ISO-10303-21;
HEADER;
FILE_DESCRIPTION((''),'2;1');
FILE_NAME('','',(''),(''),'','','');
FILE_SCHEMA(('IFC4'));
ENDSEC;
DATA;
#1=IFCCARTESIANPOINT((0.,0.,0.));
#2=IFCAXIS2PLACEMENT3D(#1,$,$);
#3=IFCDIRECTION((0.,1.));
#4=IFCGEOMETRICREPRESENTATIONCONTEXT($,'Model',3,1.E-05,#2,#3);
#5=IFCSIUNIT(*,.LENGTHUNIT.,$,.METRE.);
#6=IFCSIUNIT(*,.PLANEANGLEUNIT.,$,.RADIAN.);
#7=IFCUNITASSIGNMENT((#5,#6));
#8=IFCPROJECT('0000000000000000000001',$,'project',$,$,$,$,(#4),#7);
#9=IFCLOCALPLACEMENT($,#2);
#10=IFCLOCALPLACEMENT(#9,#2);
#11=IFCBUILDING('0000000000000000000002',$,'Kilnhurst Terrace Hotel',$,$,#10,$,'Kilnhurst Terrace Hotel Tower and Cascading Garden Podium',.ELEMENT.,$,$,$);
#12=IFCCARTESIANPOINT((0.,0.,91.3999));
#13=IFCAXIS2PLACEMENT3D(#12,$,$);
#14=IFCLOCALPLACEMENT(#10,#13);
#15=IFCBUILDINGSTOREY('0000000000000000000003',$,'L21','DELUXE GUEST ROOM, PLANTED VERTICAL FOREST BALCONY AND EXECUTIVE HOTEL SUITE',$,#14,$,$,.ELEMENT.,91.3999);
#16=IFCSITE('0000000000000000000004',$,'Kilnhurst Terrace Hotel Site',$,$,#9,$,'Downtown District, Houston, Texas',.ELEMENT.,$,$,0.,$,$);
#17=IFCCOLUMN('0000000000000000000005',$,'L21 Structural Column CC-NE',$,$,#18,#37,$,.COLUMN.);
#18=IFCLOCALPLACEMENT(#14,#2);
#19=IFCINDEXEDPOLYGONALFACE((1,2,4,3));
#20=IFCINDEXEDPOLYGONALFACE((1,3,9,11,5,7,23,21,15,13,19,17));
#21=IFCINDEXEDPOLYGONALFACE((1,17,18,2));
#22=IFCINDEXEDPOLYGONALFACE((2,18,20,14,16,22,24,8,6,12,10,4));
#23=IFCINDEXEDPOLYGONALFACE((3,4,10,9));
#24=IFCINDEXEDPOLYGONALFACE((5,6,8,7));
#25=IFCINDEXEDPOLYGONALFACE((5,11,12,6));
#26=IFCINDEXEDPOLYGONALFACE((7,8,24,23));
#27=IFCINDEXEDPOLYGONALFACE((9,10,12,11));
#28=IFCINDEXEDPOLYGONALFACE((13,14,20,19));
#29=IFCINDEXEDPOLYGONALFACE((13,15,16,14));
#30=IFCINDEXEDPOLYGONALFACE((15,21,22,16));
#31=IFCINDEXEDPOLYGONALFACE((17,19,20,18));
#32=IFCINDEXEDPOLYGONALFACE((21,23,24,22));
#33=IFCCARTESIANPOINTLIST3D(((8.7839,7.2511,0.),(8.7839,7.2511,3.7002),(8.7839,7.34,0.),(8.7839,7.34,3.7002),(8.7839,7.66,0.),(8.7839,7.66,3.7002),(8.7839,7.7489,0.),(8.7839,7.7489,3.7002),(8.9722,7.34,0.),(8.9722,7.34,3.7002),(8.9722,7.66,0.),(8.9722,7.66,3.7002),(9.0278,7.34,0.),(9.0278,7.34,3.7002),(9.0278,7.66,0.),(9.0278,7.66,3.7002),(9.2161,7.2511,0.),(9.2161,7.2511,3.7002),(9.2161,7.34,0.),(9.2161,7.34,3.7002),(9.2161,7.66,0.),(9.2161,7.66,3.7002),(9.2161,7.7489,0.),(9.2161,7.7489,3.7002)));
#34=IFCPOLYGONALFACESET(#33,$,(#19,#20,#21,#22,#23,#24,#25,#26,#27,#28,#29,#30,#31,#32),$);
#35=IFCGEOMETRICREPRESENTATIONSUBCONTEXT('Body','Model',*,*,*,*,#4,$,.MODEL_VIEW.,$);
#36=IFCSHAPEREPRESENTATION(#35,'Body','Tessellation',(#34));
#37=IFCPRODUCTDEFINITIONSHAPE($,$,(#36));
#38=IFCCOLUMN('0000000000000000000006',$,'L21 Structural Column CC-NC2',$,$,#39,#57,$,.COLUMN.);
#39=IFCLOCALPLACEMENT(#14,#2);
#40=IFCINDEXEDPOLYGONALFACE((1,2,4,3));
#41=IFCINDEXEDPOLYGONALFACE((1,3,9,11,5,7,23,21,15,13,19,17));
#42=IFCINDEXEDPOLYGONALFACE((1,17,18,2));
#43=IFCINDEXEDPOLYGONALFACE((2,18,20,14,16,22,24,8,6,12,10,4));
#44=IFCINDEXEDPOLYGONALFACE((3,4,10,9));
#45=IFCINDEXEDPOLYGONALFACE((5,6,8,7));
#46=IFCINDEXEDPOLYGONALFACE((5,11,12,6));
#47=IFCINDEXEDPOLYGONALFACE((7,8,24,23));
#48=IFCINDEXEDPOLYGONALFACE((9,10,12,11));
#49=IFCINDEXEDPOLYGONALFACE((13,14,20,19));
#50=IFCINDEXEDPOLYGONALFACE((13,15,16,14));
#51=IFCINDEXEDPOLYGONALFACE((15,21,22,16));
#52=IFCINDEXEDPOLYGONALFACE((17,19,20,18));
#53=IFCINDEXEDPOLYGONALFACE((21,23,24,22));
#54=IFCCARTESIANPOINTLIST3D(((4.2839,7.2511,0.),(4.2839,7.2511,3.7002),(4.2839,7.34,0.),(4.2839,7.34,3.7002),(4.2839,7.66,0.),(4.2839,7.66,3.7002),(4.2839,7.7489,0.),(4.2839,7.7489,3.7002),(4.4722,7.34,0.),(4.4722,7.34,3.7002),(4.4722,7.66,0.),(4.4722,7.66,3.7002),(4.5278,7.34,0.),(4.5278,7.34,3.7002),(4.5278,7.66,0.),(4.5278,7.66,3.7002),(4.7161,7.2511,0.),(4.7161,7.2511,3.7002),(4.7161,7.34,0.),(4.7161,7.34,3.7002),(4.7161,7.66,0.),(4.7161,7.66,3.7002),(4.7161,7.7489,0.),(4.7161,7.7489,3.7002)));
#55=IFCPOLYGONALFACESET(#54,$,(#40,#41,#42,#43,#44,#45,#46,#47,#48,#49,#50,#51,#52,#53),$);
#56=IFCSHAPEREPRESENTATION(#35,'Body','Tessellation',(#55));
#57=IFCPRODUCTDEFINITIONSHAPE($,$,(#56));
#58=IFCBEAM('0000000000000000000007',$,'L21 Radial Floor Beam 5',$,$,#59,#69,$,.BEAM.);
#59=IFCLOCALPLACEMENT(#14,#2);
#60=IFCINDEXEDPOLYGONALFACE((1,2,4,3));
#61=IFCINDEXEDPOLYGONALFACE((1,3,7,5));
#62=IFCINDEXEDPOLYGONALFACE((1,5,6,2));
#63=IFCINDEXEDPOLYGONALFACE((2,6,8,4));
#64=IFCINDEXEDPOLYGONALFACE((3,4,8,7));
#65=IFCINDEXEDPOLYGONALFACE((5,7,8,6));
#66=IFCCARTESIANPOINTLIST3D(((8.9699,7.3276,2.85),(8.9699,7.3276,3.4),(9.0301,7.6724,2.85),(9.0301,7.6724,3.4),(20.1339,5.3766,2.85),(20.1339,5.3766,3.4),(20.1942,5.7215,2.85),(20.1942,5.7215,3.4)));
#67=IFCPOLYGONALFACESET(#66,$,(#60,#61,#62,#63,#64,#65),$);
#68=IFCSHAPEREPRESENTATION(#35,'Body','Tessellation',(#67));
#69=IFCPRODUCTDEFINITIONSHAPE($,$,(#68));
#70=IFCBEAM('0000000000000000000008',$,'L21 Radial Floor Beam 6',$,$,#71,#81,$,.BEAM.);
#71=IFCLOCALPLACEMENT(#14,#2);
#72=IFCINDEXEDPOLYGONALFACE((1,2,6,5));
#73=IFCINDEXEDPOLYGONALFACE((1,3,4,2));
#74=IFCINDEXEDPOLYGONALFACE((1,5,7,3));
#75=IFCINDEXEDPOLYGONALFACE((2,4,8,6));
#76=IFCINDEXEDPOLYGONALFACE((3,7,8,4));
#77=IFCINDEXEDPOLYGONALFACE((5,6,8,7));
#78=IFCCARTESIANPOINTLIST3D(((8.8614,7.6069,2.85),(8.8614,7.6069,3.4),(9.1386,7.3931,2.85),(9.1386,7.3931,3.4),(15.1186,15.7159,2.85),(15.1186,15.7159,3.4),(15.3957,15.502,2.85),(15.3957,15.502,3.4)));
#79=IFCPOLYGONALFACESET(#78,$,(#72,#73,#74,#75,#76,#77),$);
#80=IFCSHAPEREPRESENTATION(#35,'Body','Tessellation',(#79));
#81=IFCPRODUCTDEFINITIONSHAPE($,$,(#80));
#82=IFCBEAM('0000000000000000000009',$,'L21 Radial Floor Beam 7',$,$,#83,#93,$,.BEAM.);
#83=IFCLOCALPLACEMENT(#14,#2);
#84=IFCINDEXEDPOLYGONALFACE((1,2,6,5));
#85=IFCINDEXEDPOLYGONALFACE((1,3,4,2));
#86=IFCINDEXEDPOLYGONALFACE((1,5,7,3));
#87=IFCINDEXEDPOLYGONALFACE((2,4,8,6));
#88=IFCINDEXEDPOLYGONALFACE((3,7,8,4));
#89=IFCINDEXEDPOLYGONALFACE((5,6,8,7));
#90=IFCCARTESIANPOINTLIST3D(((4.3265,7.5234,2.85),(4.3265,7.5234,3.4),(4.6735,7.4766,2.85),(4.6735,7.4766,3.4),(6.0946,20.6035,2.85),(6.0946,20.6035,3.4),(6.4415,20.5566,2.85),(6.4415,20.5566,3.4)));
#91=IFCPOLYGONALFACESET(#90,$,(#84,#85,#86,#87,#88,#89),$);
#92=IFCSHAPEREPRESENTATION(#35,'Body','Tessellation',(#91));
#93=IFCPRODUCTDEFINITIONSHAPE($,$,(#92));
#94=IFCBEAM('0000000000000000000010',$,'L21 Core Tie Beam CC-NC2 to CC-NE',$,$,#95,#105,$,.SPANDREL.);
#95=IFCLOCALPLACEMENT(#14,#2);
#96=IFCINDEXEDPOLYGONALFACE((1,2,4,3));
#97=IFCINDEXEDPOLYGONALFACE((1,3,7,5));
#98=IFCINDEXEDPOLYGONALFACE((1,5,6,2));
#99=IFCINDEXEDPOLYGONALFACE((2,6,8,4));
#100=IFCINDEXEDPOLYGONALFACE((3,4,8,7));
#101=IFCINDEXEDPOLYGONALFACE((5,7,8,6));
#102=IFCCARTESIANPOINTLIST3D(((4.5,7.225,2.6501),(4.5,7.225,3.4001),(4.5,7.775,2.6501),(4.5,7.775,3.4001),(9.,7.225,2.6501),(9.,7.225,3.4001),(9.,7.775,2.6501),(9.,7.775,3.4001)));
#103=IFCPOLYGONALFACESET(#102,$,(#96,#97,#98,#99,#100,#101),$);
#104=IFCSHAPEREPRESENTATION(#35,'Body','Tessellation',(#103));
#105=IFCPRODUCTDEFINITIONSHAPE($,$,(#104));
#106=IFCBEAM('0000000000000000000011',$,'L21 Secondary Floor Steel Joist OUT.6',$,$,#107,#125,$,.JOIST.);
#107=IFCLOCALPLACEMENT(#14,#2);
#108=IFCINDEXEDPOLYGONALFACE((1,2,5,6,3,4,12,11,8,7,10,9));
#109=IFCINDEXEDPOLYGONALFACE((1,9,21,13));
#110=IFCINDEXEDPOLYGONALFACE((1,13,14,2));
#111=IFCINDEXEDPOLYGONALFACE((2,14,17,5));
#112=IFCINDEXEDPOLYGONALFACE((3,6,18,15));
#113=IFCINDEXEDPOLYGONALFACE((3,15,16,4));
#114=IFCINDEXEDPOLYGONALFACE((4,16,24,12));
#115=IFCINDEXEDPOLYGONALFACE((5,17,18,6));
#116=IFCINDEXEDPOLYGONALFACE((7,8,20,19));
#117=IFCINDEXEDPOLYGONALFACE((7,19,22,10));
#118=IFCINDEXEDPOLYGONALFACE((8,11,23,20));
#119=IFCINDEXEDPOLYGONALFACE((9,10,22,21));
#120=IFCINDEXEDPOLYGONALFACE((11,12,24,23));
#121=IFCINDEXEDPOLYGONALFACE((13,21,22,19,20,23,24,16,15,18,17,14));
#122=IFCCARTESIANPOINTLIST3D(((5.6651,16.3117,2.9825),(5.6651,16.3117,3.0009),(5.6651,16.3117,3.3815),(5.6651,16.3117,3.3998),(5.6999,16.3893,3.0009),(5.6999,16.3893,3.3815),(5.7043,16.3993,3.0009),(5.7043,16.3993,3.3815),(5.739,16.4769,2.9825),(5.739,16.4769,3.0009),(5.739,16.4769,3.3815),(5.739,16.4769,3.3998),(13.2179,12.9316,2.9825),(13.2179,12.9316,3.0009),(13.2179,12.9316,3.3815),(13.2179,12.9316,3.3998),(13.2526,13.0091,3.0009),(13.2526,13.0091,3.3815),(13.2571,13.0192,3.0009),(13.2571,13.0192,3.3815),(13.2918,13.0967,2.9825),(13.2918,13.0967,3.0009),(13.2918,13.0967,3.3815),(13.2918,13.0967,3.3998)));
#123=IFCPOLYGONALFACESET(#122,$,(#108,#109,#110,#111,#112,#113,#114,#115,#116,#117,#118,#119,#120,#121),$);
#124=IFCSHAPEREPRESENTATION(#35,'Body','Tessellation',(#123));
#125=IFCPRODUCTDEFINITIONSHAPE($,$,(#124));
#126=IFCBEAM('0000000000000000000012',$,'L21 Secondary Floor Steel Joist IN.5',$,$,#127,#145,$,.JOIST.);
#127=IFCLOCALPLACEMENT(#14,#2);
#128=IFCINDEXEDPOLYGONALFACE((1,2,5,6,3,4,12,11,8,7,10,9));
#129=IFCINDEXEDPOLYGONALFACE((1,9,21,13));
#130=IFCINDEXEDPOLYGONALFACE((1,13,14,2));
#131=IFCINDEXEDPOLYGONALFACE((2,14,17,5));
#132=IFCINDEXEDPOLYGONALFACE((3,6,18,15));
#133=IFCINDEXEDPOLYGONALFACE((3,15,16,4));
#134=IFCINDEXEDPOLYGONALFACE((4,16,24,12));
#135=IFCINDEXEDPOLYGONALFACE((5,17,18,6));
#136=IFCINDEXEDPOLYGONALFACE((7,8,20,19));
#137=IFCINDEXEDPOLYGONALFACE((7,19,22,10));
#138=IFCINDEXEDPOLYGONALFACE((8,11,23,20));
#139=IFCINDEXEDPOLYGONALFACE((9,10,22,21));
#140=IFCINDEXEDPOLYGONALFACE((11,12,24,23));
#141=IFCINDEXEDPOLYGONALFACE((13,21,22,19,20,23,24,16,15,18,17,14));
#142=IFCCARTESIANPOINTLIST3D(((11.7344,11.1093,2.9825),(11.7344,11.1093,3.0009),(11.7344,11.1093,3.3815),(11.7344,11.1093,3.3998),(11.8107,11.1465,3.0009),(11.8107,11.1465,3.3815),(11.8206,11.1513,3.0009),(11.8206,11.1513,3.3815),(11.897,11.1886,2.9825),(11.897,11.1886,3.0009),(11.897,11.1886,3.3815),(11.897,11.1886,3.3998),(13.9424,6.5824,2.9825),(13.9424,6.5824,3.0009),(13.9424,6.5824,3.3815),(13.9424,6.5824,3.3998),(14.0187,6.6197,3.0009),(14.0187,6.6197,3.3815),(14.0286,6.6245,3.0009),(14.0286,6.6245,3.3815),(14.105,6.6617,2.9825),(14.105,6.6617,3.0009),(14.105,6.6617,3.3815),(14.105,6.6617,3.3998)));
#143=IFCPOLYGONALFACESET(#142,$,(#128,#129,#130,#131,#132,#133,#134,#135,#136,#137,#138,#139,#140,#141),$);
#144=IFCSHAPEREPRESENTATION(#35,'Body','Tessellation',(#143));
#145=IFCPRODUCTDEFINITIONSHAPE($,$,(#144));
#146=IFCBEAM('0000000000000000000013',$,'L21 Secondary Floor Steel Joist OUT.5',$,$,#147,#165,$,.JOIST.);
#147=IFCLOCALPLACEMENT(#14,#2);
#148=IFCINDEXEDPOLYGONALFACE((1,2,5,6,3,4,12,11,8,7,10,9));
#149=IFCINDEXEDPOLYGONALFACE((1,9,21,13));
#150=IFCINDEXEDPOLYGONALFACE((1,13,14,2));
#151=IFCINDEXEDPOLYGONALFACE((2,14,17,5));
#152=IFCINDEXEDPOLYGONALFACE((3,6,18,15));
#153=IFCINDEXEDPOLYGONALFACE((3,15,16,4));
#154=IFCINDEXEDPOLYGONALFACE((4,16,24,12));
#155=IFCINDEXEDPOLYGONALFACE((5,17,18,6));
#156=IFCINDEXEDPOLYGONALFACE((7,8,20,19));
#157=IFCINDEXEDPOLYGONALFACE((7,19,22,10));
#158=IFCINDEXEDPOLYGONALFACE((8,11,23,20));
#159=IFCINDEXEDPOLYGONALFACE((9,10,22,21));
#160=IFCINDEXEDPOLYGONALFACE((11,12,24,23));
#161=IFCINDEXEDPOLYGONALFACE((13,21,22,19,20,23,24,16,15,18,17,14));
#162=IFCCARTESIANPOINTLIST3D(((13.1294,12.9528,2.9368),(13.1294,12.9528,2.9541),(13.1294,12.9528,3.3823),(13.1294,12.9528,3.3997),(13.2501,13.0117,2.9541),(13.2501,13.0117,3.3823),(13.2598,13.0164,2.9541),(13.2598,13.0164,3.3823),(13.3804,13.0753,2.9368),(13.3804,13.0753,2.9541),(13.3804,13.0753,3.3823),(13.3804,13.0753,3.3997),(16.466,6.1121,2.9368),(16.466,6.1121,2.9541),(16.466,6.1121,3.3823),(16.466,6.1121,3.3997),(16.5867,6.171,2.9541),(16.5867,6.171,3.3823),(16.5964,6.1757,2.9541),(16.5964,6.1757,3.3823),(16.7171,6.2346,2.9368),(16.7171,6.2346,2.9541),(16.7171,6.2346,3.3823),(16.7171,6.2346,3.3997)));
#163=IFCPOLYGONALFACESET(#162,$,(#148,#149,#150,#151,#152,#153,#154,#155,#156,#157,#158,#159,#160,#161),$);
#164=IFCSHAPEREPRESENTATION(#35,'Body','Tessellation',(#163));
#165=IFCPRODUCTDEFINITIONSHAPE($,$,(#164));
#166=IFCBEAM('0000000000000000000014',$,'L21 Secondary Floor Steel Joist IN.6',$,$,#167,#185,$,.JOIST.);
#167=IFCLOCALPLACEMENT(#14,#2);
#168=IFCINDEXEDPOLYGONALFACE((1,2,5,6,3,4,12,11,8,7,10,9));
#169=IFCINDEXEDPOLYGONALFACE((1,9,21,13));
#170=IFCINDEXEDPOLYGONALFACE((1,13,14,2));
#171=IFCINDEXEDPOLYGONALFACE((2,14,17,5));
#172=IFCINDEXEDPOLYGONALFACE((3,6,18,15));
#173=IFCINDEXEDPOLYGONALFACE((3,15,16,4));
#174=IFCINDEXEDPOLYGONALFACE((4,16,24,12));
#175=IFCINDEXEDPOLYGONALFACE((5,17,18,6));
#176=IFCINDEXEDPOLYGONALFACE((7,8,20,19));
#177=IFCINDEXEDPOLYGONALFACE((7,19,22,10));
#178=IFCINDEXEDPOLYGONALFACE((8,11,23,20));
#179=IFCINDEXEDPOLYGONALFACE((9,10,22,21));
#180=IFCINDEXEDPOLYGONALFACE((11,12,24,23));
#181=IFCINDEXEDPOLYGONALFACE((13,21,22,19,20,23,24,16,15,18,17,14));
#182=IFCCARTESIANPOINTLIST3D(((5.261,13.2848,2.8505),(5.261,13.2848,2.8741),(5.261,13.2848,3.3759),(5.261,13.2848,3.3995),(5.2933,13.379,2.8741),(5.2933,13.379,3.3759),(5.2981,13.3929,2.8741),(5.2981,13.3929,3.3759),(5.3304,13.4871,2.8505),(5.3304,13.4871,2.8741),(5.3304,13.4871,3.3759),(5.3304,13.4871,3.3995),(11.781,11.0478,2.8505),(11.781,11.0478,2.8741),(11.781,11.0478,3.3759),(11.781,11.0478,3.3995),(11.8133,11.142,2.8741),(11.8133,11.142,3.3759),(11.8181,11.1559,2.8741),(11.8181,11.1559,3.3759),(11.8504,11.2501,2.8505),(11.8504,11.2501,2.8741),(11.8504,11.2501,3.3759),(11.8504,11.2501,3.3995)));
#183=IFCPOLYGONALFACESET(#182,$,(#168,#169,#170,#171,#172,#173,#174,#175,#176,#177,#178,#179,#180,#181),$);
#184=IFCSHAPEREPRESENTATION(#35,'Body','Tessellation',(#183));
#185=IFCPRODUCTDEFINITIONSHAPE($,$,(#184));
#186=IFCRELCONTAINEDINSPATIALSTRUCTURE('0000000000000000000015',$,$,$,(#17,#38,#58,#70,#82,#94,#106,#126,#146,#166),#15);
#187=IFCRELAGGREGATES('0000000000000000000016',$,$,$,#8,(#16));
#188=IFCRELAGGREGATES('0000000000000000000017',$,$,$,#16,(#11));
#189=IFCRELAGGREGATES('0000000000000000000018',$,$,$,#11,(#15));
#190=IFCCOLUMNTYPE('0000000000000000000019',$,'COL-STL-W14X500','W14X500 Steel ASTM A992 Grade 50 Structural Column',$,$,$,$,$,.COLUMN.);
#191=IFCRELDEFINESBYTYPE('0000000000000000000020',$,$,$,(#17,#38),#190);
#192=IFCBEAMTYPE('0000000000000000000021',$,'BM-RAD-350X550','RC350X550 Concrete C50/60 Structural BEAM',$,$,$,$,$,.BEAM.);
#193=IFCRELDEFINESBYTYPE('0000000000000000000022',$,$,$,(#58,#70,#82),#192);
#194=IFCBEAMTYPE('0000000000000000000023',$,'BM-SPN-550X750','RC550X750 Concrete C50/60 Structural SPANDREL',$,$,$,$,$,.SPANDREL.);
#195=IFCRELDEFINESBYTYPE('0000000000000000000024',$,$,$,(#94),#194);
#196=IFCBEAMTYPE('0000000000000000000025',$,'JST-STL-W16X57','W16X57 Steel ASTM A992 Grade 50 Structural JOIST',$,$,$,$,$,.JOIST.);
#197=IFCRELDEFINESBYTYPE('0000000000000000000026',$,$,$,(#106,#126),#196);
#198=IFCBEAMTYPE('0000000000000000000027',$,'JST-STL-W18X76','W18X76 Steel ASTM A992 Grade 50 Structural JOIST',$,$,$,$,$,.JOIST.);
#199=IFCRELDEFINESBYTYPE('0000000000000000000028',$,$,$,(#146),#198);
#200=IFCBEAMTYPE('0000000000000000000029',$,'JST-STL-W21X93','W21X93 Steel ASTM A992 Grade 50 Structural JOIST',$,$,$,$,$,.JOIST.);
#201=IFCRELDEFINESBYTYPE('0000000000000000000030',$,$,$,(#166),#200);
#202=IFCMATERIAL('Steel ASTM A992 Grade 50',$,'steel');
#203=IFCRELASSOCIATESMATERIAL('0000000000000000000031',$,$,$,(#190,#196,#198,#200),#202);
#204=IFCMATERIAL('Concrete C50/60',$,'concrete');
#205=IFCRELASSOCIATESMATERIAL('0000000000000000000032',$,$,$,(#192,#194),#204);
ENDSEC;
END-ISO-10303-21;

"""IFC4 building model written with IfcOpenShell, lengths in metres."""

from ifc_helpers import new_model, si_unit, direction, frame, origin, origin_2d, place, context, subcontext, project, spatial, rectangle, i_section, extrude, material, material_profile, profile_set, type_object, element, save


model = new_model("IFC4")

# Units and contexts
model_context = context("Model", 3, precision=1e-05, world=origin(), true_north=direction((0.0, 1.0)))
body_context = subcontext(model_context, "Body", "Model", "MODEL_VIEW")
ifc_project = project(units=[si_unit("LENGTHUNIT", "METRE"), si_unit("PLANEANGLEUNIT", "RADIAN")], contexts=[model_context])

# Site, building, storey
site_placement = place(None, origin())
site = spatial("IfcSite", under=ifc_project, at=site_placement, Name="Kilnhurst Terrace Hotel Site", LongName="Downtown District, Houston, Texas", CompositionType="ELEMENT", RefElevation=0.0)
building_placement = place(site_placement, origin())
building = spatial("IfcBuilding", under=site, at=building_placement, Name="Kilnhurst Terrace Hotel", LongName="Kilnhurst Terrace Hotel Tower and Cascading Garden Podium", CompositionType="ELEMENT")
storey_placement = place(building_placement, frame((0.0, 0.0, 91.3999)))
storey = spatial("IfcBuildingStorey", under=building, at=storey_placement, Name="L21", Description="DELUXE GUEST ROOM, PLANTED VERTICAL FOREST BALCONY AND EXECUTIVE HOTEL SUITE", CompositionType="ELEMENT", Elevation=91.3999)

# Columns
ifc_material_1 = material(Name="Steel ASTM A992 Grade 50", Category="steel")
ifc_material_profile_1 = material_profile(ifc_material_1, i_section(OverallWidth=0.4321, OverallDepth=0.4978, WebThickness=0.0557, FlangeThickness=0.0889, at=origin_2d()), Name="W14X500")
ifc_profile_set_1 = profile_set([ifc_material_profile_1], Name="Steel ASTM A992 Grade 50")
column_type = type_object("IfcColumnType", Name="COL-STL-W14X500", Description="W14X500 Steel ASTM A992 Grade 50 Structural Column", PredefinedType="COLUMN", material=ifc_profile_set_1)
for number, where, z_axis, x_axis, name in (
    (1, (9.0, 7.5, 0.0), (0.0, 0.0, 1.0), (1.0, 0.0, 0.0), "L21 Structural Column CC-NE"),
    (2, (4.5, 7.5, 0.0), (0.0, 0.0, 1.0), (1.0, 0.0, 0.0), "L21 Structural Column CC-NC2"),
):
    element("IfcColumn", number, at=place(storey_placement, frame(where, z_axis=z_axis, x_axis=x_axis)), inside=storey, type_object=column_type, Name=name, PredefinedType="COLUMN", context=body_context, shape_type="SweptSolid", body=[
        extrude(i_section(OverallWidth=0.4321, OverallDepth=0.4978, WebThickness=0.0557, FlangeThickness=0.0889, at=origin_2d()), origin(), (0.0, 0.0, 1.0), 3.7002),
    ])

# Beams
ifc_material_2 = material(Name="Concrete C50/60", Category="concrete")
ifc_material_profile_2 = material_profile(ifc_material_2, rectangle(XDim=0.3501, YDim=0.55, at=origin_2d()), Name="RC350X550")
ifc_profile_set_2 = profile_set([ifc_material_profile_2], Name="Concrete C50/60")
beam_type_1 = type_object("IfcBeamType", Name="BM-RAD-350X550", Description="RC350X550 Concrete C50/60 Structural BEAM", PredefinedType="BEAM", material=ifc_profile_set_2)
beam_1_placement = place(storey_placement, frame((9.0, 7.5, 3.125), z_axis=(0.985072, -0.172142, 0.0), x_axis=(0.172142, 0.985072, 0.0)))
element("IfcBeam", 3, at=beam_1_placement, inside=storey, type_object=beam_type_1, Name="L21 Radial Floor Beam 5", PredefinedType="BEAM", context=body_context, shape_type="SweptSolid", body=[
    extrude(rectangle(XDim=0.3501, YDim=0.55, at=origin_2d()), origin(), (0.0, 0.0, 1.0), 11.3333),
])
beam_2_placement = place(storey_placement, frame((9.0, 7.5, 3.125), z_axis=(0.610905, 0.791704, 0.0), x_axis=(-0.791704, 0.610905, 0.0)))
element("IfcBeam", 4, at=beam_2_placement, inside=storey, type_object=beam_type_1, Name="L21 Radial Floor Beam 6", PredefinedType="BEAM", context=body_context, shape_type="SweptSolid", body=[
    extrude(rectangle(XDim=0.3501, YDim=0.55, at=origin_2d()), origin(), (0.0, 0.0, 1.0), 10.2424),
])
beam_3_placement = place(storey_placement, frame((4.5, 7.5, 3.125), z_axis=(0.133954, 0.990988, 0.0), x_axis=(-0.990988, 0.133954, 0.0)))
element("IfcBeam", 5, at=beam_3_placement, inside=storey, type_object=beam_type_1, Name="L21 Radial Floor Beam 7", PredefinedType="BEAM", context=body_context, shape_type="SweptSolid", body=[
    extrude(rectangle(XDim=0.3501, YDim=0.55, at=origin_2d()), origin(), (0.0, 0.0, 1.0), 13.199),
])
ifc_material_profile_3 = material_profile(ifc_material_2, rectangle(XDim=0.55, YDim=0.75, at=origin_2d()), Name="RC550X750")
ifc_profile_set_3 = profile_set([ifc_material_profile_3], Name="Concrete C50/60")
beam_type_2 = type_object("IfcBeamType", Name="BM-SPN-550X750", Description="RC550X750 Concrete C50/60 Structural SPANDREL", PredefinedType="SPANDREL", material=ifc_profile_set_3)
beam_4_placement = place(storey_placement, frame((4.5, 7.5, 3.0251), z_axis=(1.0, 0.0, 0.0), x_axis=(0.0, 1.0, 0.0)))
element("IfcBeam", 6, at=beam_4_placement, inside=storey, type_object=beam_type_2, Name="L21 Core Tie Beam CC-NC2 to CC-NE", PredefinedType="SPANDREL", context=body_context, shape_type="SweptSolid", body=[
    extrude(rectangle(XDim=0.55, YDim=0.75, at=origin_2d()), origin(), (0.0, 0.0, 1.0), 4.5),
])
ifc_material_profile_4 = material_profile(ifc_material_1, i_section(OverallWidth=0.1809, OverallDepth=0.4172, WebThickness=0.011, FlangeThickness=0.0183, at=origin_2d()), Name="W16X57")
ifc_profile_set_4 = profile_set([ifc_material_profile_4], Name="Steel ASTM A992 Grade 50")
beam_type_3 = type_object("IfcBeamType", Name="JST-STL-W16X57", Description="W16X57 Steel ASTM A992 Grade 50 Structural JOIST", PredefinedType="JOIST", material=ifc_profile_set_4)
beam_5_placement = place(storey_placement, frame((13.2549, 13.0142, 3.1912), z_axis=(-0.912761, 0.408494, 0.0), x_axis=(-0.408494, -0.912761, 0.0)))
element("IfcBeam", 7, at=beam_5_placement, inside=storey, type_object=beam_type_3, Name="L21 Secondary Floor Steel Joist OUT.6", PredefinedType="JOIST", context=body_context, shape_type="SweptSolid", body=[
    extrude(i_section(OverallWidth=0.1809, OverallDepth=0.4172, WebThickness=0.011, FlangeThickness=0.0183, at=origin_2d()), origin(), (0.0, 0.0, 1.0), 8.2747),
])
beam_6_placement = place(storey_placement, frame((14.0237, 6.6221, 3.1912), z_axis=(-0.438389, 0.898785, 0.0), x_axis=(-0.898785, -0.438389, 0.0)))
element("IfcBeam", 8, at=beam_6_placement, inside=storey, type_object=beam_type_3, Name="L21 Secondary Floor Steel Joist IN.5", PredefinedType="JOIST", context=body_context, shape_type="SweptSolid", body=[
    extrude(i_section(OverallWidth=0.1809, OverallDepth=0.4172, WebThickness=0.011, FlangeThickness=0.0183, at=origin_2d()), origin(), (0.0, 0.0, 1.0), 5.0366),
])
ifc_material_profile_5 = material_profile(ifc_material_1, i_section(OverallWidth=0.2793, OverallDepth=0.4629, WebThickness=0.0107, FlangeThickness=0.0173, at=origin_2d()), Name="W18X76")
ifc_profile_set_5 = profile_set([ifc_material_profile_5], Name="Steel ASTM A992 Grade 50")
beam_type_4 = type_object("IfcBeamType", Name="JST-STL-W18X76", Description="W18X76 Steel ASTM A992 Grade 50 Structural JOIST", PredefinedType="JOIST", material=ifc_profile_set_5)
beam_7_placement = place(storey_placement, frame((16.5916, 6.1733, 3.1682), z_axis=(-0.43839, 0.898785, 0.0), x_axis=(-0.898785, -0.43839, 0.0)))
element("IfcBeam", 9, at=beam_7_placement, inside=storey, type_object=beam_type_4, Name="L21 Secondary Floor Steel Joist OUT.5", PredefinedType="JOIST", context=body_context, shape_type="SweptSolid", body=[
    extrude(i_section(OverallWidth=0.2793, OverallDepth=0.4629, WebThickness=0.0107, FlangeThickness=0.0173, at=origin_2d()), origin(), (0.0, 0.0, 1.0), 7.6111),
])
ifc_material_profile_6 = material_profile(ifc_material_1, i_section(OverallWidth=0.2139, OverallDepth=0.5491, WebThickness=0.0146, FlangeThickness=0.0237, at=origin_2d()), Name="W21X93")
ifc_profile_set_6 = profile_set([ifc_material_profile_6], Name="Steel ASTM A992 Grade 50")
beam_type_5 = type_object("IfcBeamType", Name="JST-STL-W21X93", Description="W21X93 Steel ASTM A992 Grade 50 Structural JOIST", PredefinedType="JOIST", material=ifc_profile_set_6)
beam_8_placement = place(storey_placement, frame((11.8157, 11.1489, 3.125), z_axis=(-0.945874, 0.324535, 0.0), x_axis=(-0.324535, -0.945874, 0.0)))
element("IfcBeam", 10, at=beam_8_placement, inside=storey, type_object=beam_type_5, Name="L21 Secondary Floor Steel Joist IN.6", PredefinedType="JOIST", context=body_context, shape_type="SweptSolid", body=[
    extrude(i_section(OverallWidth=0.2139, OverallDepth=0.5491, WebThickness=0.0146, FlangeThickness=0.0237, at=origin_2d()), origin(), (0.0, 0.0, 1.0), 6.8931),
])

save(model, "model.ifc")
